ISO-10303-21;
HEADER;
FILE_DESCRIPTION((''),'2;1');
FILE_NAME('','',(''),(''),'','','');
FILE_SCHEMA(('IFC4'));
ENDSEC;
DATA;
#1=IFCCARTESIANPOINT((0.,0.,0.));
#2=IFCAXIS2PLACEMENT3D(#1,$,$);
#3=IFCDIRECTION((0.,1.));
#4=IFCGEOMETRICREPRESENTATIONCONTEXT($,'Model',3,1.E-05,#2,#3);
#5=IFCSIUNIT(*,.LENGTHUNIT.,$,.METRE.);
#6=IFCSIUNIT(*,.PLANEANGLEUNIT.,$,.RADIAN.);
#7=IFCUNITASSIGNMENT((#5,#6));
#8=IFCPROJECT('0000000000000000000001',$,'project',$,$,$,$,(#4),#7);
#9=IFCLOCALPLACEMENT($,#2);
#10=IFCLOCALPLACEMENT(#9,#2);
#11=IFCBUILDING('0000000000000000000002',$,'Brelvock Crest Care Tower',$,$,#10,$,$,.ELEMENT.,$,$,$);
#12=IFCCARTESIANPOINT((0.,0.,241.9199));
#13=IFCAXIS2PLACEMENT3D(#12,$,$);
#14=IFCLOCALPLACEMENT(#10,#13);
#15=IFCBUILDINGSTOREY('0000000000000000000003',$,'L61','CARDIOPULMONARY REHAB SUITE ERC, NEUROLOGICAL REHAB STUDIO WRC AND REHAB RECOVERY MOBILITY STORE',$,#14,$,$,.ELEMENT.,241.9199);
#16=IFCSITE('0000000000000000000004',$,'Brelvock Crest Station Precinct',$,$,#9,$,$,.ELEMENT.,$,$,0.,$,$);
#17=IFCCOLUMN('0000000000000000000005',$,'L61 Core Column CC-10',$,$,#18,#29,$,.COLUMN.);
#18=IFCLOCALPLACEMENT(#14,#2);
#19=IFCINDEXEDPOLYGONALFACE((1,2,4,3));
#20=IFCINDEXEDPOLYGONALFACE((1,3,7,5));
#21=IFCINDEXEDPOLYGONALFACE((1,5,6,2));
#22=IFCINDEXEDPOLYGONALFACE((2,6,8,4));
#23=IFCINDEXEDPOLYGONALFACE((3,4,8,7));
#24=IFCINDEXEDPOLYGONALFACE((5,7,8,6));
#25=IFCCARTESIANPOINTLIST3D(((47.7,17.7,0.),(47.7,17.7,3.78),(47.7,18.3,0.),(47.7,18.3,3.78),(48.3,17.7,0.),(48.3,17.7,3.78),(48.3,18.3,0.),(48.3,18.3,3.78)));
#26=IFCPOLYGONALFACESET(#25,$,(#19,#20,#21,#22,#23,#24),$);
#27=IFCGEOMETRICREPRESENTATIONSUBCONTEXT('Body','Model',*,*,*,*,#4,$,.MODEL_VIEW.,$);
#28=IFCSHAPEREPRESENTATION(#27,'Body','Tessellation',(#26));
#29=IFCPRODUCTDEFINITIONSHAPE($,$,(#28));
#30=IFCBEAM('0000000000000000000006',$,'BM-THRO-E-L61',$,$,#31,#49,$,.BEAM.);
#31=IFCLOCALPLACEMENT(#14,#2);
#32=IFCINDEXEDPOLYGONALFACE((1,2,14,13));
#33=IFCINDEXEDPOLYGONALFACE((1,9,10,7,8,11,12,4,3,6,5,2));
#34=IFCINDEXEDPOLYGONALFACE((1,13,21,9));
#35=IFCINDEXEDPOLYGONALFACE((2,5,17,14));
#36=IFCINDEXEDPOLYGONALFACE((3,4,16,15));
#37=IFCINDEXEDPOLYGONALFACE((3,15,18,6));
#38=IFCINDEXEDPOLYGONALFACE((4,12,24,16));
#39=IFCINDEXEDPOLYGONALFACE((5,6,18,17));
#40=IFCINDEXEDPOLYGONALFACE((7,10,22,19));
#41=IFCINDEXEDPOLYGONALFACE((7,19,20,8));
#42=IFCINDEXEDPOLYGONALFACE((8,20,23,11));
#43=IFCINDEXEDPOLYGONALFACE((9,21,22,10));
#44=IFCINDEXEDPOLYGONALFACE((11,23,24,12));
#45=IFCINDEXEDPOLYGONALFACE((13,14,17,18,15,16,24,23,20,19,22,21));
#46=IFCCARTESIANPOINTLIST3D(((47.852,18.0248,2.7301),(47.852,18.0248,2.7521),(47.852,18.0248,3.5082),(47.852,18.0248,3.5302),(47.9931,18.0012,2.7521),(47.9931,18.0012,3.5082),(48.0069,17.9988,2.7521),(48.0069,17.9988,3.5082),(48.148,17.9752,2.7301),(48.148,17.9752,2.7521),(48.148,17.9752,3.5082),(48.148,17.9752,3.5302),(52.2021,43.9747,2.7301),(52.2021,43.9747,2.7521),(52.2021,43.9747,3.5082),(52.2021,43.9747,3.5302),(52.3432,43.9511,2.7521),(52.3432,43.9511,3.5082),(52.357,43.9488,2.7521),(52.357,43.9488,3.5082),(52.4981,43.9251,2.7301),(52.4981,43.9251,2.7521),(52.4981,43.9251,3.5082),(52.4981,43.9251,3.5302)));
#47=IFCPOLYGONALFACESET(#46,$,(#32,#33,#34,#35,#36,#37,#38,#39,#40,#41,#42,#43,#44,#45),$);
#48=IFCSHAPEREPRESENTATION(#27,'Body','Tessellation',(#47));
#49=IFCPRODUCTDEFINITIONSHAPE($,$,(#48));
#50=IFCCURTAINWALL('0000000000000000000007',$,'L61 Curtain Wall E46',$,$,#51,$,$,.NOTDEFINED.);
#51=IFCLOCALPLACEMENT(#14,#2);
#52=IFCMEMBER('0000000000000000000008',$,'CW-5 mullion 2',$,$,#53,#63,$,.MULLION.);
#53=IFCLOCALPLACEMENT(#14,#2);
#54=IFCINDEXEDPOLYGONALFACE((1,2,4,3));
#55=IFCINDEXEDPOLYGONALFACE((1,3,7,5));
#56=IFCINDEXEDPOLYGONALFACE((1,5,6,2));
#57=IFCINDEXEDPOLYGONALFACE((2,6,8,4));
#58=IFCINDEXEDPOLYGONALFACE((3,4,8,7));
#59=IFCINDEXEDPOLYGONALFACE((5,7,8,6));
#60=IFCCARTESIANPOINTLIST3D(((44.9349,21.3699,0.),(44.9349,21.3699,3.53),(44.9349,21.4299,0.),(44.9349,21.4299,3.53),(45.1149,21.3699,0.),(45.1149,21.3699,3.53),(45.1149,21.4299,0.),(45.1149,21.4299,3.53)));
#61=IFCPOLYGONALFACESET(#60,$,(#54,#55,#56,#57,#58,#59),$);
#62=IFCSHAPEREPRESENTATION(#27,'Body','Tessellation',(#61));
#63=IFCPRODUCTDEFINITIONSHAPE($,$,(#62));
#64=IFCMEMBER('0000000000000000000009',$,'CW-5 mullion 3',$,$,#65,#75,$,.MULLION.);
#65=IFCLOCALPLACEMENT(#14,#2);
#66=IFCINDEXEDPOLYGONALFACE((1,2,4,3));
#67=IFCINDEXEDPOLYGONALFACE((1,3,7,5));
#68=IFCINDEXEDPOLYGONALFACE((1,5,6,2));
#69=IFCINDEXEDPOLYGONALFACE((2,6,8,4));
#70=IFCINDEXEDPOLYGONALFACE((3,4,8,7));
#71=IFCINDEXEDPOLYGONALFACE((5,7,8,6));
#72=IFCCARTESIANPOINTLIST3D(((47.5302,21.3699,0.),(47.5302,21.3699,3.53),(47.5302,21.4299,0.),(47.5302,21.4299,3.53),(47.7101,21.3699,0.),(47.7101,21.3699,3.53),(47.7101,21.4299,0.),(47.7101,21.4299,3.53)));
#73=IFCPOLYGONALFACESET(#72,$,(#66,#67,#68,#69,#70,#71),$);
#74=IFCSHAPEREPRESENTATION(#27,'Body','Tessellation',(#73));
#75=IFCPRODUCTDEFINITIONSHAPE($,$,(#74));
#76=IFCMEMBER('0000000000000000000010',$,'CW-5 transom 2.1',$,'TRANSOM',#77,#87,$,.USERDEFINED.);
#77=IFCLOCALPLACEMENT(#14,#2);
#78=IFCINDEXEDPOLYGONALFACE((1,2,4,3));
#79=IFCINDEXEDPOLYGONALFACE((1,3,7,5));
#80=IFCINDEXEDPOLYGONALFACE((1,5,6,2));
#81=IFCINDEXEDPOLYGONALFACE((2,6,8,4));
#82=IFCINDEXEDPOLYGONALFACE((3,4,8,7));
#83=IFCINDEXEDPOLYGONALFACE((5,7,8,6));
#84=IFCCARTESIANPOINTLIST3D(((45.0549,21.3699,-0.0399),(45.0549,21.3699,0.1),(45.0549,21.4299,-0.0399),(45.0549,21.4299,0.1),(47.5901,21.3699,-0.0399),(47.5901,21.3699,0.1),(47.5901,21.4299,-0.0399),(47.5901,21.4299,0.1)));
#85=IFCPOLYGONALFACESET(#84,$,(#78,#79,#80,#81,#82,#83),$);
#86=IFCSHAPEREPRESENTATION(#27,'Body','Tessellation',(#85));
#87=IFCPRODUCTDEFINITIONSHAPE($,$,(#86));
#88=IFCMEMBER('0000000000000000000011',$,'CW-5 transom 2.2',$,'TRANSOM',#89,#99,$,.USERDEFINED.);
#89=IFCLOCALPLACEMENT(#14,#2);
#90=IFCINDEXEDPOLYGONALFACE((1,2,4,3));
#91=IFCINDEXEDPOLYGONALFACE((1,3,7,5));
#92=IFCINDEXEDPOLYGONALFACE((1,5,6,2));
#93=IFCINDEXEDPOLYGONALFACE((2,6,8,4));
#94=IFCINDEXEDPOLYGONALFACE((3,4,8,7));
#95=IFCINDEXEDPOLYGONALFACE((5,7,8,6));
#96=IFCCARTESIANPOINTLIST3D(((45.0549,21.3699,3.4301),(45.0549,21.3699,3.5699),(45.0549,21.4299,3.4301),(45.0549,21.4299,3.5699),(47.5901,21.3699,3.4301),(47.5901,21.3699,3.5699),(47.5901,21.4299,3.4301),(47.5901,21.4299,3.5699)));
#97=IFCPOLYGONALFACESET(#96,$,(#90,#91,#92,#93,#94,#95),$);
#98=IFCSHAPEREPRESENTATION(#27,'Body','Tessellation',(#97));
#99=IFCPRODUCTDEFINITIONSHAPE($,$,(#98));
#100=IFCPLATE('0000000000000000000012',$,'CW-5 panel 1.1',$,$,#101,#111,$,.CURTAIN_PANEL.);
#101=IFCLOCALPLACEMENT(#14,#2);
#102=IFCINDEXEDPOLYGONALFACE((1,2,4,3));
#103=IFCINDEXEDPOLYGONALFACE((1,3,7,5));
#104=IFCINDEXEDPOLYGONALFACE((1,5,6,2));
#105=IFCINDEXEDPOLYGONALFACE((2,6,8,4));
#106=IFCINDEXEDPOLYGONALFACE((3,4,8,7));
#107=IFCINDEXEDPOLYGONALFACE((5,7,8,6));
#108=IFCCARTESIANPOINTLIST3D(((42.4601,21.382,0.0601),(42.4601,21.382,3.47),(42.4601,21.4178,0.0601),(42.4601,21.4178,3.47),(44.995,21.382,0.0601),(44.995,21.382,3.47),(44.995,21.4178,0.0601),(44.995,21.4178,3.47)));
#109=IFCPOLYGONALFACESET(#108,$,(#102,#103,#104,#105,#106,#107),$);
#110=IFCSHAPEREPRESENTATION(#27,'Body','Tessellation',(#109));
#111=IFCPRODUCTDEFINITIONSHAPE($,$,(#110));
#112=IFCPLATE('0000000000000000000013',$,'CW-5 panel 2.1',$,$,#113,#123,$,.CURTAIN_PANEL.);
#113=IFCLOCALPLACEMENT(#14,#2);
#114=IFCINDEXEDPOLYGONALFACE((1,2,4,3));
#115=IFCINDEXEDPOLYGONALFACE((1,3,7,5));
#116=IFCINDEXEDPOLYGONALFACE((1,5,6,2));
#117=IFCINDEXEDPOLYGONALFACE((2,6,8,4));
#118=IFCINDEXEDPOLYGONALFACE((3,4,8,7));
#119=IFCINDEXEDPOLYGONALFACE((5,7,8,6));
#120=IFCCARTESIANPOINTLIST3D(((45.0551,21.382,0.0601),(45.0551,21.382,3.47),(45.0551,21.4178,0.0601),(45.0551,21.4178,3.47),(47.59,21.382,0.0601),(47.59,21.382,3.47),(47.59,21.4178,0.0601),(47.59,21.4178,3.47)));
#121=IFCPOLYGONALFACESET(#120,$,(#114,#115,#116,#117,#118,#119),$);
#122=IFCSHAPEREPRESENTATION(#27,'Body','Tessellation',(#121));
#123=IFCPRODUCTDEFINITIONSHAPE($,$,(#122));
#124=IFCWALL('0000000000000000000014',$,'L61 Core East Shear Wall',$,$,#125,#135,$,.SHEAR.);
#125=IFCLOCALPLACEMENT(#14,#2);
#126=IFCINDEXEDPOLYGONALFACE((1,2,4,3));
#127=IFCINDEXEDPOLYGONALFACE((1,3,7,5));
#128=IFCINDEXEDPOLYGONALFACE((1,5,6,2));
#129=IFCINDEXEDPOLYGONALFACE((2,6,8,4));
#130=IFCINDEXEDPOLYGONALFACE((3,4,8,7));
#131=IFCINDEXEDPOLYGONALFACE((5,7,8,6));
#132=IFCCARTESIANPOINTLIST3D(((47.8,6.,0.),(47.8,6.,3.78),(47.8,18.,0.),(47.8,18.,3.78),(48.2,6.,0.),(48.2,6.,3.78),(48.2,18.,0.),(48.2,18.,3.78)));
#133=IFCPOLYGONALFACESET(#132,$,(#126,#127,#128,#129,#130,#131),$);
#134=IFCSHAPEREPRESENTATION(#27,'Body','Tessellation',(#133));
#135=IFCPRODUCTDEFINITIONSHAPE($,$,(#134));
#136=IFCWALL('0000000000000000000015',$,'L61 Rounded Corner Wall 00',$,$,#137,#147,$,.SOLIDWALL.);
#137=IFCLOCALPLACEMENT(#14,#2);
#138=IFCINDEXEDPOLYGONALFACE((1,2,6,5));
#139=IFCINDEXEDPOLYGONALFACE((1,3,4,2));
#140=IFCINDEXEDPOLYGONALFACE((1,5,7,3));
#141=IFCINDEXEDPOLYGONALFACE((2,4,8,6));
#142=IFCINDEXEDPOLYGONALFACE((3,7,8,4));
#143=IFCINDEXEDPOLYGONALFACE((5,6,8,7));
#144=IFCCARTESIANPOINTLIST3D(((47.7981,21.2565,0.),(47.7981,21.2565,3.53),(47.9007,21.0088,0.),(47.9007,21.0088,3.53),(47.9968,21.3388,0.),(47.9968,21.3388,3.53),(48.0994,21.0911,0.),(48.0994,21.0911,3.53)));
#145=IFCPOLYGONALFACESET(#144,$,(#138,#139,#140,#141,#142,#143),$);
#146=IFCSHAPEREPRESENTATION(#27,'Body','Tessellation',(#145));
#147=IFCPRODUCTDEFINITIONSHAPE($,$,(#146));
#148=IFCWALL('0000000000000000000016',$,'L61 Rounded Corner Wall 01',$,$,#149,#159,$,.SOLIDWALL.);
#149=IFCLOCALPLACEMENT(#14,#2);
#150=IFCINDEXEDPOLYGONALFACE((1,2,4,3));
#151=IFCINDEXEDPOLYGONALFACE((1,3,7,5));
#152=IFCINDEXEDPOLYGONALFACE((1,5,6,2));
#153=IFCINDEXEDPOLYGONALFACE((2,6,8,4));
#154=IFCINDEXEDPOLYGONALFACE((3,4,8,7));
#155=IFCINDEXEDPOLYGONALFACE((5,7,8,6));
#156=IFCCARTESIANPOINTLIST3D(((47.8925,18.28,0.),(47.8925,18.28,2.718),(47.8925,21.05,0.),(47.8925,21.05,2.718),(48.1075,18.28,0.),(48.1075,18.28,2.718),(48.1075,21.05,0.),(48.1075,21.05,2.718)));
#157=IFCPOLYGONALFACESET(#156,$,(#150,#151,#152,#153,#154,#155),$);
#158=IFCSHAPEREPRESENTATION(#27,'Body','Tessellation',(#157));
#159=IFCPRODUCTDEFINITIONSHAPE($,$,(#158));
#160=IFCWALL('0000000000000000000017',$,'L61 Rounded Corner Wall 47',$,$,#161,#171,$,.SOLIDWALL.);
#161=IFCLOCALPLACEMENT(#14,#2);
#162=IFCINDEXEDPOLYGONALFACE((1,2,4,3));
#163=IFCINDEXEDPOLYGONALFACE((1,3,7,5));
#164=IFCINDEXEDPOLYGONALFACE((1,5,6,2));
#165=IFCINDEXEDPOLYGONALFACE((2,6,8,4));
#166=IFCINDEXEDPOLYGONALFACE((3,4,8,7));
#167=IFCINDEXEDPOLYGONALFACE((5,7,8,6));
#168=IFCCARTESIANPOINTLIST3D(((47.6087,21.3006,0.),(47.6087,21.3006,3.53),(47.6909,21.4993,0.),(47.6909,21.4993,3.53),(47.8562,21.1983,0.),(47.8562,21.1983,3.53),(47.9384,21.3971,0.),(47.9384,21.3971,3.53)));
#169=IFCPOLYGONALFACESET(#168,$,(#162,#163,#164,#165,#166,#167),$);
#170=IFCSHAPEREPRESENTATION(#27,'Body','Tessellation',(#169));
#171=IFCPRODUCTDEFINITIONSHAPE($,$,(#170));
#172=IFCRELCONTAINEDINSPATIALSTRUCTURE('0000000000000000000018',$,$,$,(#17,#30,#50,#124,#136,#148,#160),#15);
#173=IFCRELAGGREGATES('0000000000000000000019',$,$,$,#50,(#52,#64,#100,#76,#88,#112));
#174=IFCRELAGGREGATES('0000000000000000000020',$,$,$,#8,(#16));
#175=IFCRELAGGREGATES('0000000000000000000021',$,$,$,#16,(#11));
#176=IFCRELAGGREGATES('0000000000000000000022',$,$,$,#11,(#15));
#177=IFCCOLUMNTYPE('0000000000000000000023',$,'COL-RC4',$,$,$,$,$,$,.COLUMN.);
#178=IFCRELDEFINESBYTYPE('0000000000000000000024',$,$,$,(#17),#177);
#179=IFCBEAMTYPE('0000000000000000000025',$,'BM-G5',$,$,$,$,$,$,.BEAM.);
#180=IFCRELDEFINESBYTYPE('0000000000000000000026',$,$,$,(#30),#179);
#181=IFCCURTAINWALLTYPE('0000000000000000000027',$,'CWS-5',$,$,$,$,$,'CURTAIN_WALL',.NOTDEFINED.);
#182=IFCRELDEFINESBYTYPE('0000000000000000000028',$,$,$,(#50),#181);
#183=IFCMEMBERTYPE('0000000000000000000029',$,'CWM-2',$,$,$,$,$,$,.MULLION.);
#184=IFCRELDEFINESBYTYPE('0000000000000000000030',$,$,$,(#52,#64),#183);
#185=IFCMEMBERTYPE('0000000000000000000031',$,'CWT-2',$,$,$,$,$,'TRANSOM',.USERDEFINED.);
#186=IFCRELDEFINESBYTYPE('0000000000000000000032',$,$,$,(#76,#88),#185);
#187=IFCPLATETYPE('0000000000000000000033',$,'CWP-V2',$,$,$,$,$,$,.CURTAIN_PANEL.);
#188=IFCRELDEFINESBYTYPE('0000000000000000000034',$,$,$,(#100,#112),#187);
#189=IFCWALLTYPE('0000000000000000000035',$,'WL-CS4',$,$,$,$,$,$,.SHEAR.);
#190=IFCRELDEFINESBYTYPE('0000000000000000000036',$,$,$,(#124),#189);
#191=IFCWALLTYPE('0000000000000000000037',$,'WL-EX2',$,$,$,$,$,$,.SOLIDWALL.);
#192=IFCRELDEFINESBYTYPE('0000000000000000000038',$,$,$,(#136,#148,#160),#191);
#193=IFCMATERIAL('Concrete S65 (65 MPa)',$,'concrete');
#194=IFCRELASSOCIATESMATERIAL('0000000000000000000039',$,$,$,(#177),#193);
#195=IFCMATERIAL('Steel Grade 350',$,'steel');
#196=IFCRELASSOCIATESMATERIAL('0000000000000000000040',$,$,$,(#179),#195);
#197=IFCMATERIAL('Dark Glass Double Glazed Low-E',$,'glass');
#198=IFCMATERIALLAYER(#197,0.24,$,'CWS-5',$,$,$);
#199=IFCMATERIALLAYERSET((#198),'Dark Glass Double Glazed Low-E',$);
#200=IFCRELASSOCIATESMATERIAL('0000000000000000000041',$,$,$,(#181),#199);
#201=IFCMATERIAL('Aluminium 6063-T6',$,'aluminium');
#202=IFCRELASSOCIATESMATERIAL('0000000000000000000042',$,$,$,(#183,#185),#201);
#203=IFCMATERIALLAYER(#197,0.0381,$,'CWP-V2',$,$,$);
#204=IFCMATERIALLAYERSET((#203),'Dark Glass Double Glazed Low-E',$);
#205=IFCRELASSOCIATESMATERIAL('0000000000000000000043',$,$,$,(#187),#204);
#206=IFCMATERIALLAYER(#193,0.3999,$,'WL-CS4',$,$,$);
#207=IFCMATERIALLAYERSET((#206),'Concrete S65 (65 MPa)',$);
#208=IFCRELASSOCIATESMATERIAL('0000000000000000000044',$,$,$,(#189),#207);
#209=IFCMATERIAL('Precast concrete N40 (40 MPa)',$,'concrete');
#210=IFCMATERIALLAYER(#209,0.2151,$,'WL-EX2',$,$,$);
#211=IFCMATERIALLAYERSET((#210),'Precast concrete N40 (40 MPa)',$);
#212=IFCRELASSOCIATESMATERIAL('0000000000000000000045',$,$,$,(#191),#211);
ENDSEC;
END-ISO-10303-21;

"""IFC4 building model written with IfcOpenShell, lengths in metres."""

from ifc_helpers import new_model, si_unit, direction, frame, frame_2d, origin, origin_2d, place, context, subcontext, project, spatial, rectangle, i_section, extrude, source, transform, mapped, material, layer, layer_set, material_profile, profile_set, type_object, element, aggregate, save


model = new_model("IFC4")

# Units and contexts
model_context = context("Model", 3, precision=1e-05, world=origin(), true_north=direction((0.0, 1.0)))
body_context = subcontext(model_context, "Body", "Model", "MODEL_VIEW")
ifc_project = project(units=[si_unit("LENGTHUNIT", "METRE"), si_unit("PLANEANGLEUNIT", "RADIAN")], contexts=[model_context])

# Site, building, storey
site_placement = place(None, origin())
site = spatial("IfcSite", under=ifc_project, at=site_placement, Name="Brelvock Crest Station Precinct", CompositionType="ELEMENT", RefElevation=0.0)
building_placement = place(site_placement, origin())
building = spatial("IfcBuilding", under=site, at=building_placement, Name="Brelvock Crest Care Tower", CompositionType="ELEMENT")
storey_placement = place(building_placement, frame((0.0, 0.0, 241.9199)))
storey = spatial("IfcBuildingStorey", under=building, at=storey_placement, Name="L61", Description="CARDIOPULMONARY REHAB SUITE ERC, NEUROLOGICAL REHAB STUDIO WRC AND REHAB RECOVERY MOBILITY STORE", CompositionType="ELEMENT", Elevation=241.9199)

# Column
ifc_material_1 = material(Name="Concrete S65 (65 MPa)", Category="concrete")
ifc_material_profile_1 = material_profile(ifc_material_1, rectangle(XDim=0.6001, YDim=0.6001, at=origin_2d()), Name="RC600x600")
ifc_profile_set_1 = profile_set([ifc_material_profile_1], Name="Concrete S65 (65 MPa)")
column_type = type_object("IfcColumnType", Name="COL-RC4", PredefinedType="COLUMN", material=ifc_profile_set_1)
shared_shape_1 = source(origin(), body_context, "Body", "SweptSolid", [
    extrude(rectangle(XDim=0.6001, YDim=0.6001, at=origin_2d()), origin(), (0.0, 0.0, 1.0), 3.78),
])
column_placement = place(storey_placement, frame((48.0, 18.0, 0.0), z_axis=(0.0, 0.0, 1.0), x_axis=(1.0, 0.0, 0.0)))
element("IfcColumn", 1, at=column_placement, inside=storey, type_object=column_type, Name="L61 Core Column CC-10", PredefinedType="COLUMN", context=body_context, shape_type="MappedRepresentation", body=[
    mapped(shared_shape_1, transform((0.0, 0.0, 0.0), x_axis=(1.0, 0.0, 0.0), y_axis=(0.0, 1.0, 0.0), z_axis=(0.0, 0.0, 1.0), scale=1.0)),
])

# Beam
ifc_material_2 = material(Name="Steel Grade 350", Category="steel")
ifc_material_profile_2 = material_profile(ifc_material_2, i_section(OverallWidth=0.3, OverallDepth=0.8, WebThickness=0.0139, FlangeThickness=0.022, at=origin_2d()), Name="800WB192")
ifc_profile_set_2 = profile_set([ifc_material_profile_2], Name="Steel Grade 350")
beam_type = type_object("IfcBeamType", Name="BM-G5", PredefinedType="BEAM", material=ifc_profile_set_2)
shared_shape_2 = source(origin(), body_context, "Body", "SweptSolid", [
    extrude(i_section(OverallWidth=0.3, OverallDepth=0.8, WebThickness=0.0139, FlangeThickness=0.022, at=origin_2d()), origin(), (0.0, 0.0, 1.0), 26.312),
])
beam_placement = place(storey_placement, frame((48.0, 18.0, 3.1301), z_axis=(0.165327, 0.986239, 0.0), x_axis=(-0.986239, 0.165327, 0.0)))
element("IfcBeam", 2, at=beam_placement, inside=storey, type_object=beam_type, Name="BM-THRO-E-L61", PredefinedType="BEAM", context=body_context, shape_type="MappedRepresentation", body=[
    mapped(shared_shape_2, transform((0.0, 0.0, 0.0), x_axis=(1.0, 0.0, 0.0), y_axis=(0.0, 1.0, 0.0), z_axis=(0.0, 0.0, 1.0), scale=1.0)),
])

# Curtain wall, members, plates
ifc_material_3 = material(Name="Dark Glass Double Glazed Low-E", Category="glass")
ifc_layer_1 = layer(ifc_material_3, 0.24, Name="CWS-5")
ifc_layer_set_1 = layer_set([ifc_layer_1], Name="Dark Glass Double Glazed Low-E")
curtain_wall_type = type_object("IfcCurtainWallType", Name="CWS-5", ElementType="CURTAIN_WALL", PredefinedType="NOTDEFINED", material=ifc_layer_set_1)
curtain_wall_placement = place(storey_placement, origin())
curtain_wall = element("IfcCurtainWall", 3, at=curtain_wall_placement, inside=storey, type_object=curtain_wall_type, Name="L61 Curtain Wall E46", PredefinedType="NOTDEFINED")
ifc_material_4 = material(Name="Aluminium 6063-T6", Category="aluminium")
ifc_material_profile_3 = material_profile(ifc_material_4, rectangle(XDim=0.0601, YDim=0.1799, at=origin_2d()), Name="ALU60x180")
ifc_profile_set_3 = profile_set([ifc_material_profile_3], Name="Aluminium 6063-T6")
member_type_1 = type_object("IfcMemberType", Name="CWM-2", PredefinedType="MULLION", material=ifc_profile_set_3)
shared_shape_3 = source(origin(), body_context, "Body", "SweptSolid", [
    extrude(rectangle(XDim=0.0601, YDim=0.1799, at=origin_2d()), origin(), (0.0, 0.0, 1.0), 3.53),
])
member_1_placement = place(storey_placement, frame((45.0249, 21.3999, 0.0), z_axis=(0.0, 0.0, 1.0), x_axis=(0.0, 1.0, 0.0)))
member_1 = element("IfcMember", 4, at=member_1_placement, type_object=member_type_1, Name="CW-5 mullion 2", PredefinedType="MULLION", context=body_context, shape_type="MappedRepresentation", body=[
    mapped(shared_shape_3, transform((0.0, 0.0, 0.0), x_axis=(1.0, 0.0, 0.0), y_axis=(0.0, 1.0, 0.0), z_axis=(0.0, 0.0, 1.0), scale=1.0)),
])
member_2_placement = place(storey_placement, frame((47.6201, 21.3999, 0.0), z_axis=(0.0, 0.0, 1.0), x_axis=(0.0, 1.0, 0.0)))
member_2 = element("IfcMember", 5, at=member_2_placement, type_object=member_type_1, Name="CW-5 mullion 3", PredefinedType="MULLION", context=body_context, shape_type="MappedRepresentation", body=[
    mapped(shared_shape_3, transform((0.0, 0.0, 0.0), x_axis=(1.0, 0.0, 0.0), y_axis=(0.0, 1.0, 0.0), z_axis=(0.0, 0.0, 1.0), scale=1.0)),
])
ifc_material_profile_4 = material_profile(ifc_material_4, rectangle(XDim=0.0601, YDim=0.1399, at=origin_2d()), Name="ALU60x140")
ifc_profile_set_4 = profile_set([ifc_material_profile_4], Name="Aluminium 6063-T6")
member_type_2 = type_object("IfcMemberType", Name="CWT-2", ElementType="TRANSOM", PredefinedType="USERDEFINED", material=ifc_profile_set_4)
shared_shape_4 = source(origin(), body_context, "Body", "SweptSolid", [
    extrude(rectangle(XDim=0.0601, YDim=0.1399, at=origin_2d()), origin(), (0.0, 0.0, 1.0), 2.5352),
])
member_3_placement = place(storey_placement, frame((45.0549, 21.3999, 0.03), z_axis=(1.0, 0.0, 0.0), x_axis=(0.0, 1.0, 0.0)))
member_3 = element("IfcMember", 6, at=member_3_placement, type_object=member_type_2, Name="CW-5 transom 2.1", ObjectType="TRANSOM", PredefinedType="USERDEFINED", context=body_context, shape_type="MappedRepresentation", body=[
    mapped(shared_shape_4, transform((0.0, 0.0, 0.0), x_axis=(1.0, 0.0, 0.0), y_axis=(0.0, 1.0, 0.0), z_axis=(0.0, 0.0, 1.0), scale=1.0)),
])
member_4_placement = place(storey_placement, frame((45.0549, 21.3999, 3.5), z_axis=(1.0, 0.0, 0.0), x_axis=(0.0, 1.0, 0.0)))
member_4 = element("IfcMember", 7, at=member_4_placement, type_object=member_type_2, Name="CW-5 transom 2.2", ObjectType="TRANSOM", PredefinedType="USERDEFINED", context=body_context, shape_type="MappedRepresentation", body=[
    mapped(shared_shape_4, transform((0.0, 0.0, 0.0), x_axis=(1.0, 0.0, 0.0), y_axis=(0.0, 1.0, 0.0), z_axis=(0.0, 0.0, 1.0), scale=1.0)),
])
ifc_layer_2 = layer(ifc_material_3, 0.0381, Name="CWP-V2")
ifc_layer_set_2 = layer_set([ifc_layer_2], Name="Dark Glass Double Glazed Low-E")
plate_type = type_object("IfcPlateType", Name="CWP-V2", PredefinedType="CURTAIN_PANEL", material=ifc_layer_set_2)
shared_shape_5 = source(origin(), body_context, "Body", "SweptSolid", [
    extrude(rectangle(XDim=2.5349, YDim=0.0359, at=origin_2d()), origin(), (0.0, 0.0, 1.0), 3.4099),
])
plate_1_placement = place(storey_placement, frame((43.7275, 21.3999, 0.0601), z_axis=(0.0, 0.0, 1.0), x_axis=(1.0, 0.0, 0.0)))
plate_1 = element("IfcPlate", 8, at=plate_1_placement, type_object=plate_type, Name="CW-5 panel 1.1", PredefinedType="CURTAIN_PANEL", context=body_context, shape_type="MappedRepresentation", body=[
    mapped(shared_shape_5, transform((0.0, 0.0, 0.0), x_axis=(1.0, 0.0, 0.0), y_axis=(0.0, 1.0, 0.0), z_axis=(0.0, 0.0, 1.0), scale=1.0)),
])
plate_2_placement = place(storey_placement, frame((46.3225, 21.3999, 0.0601), z_axis=(0.0, 0.0, 1.0), x_axis=(1.0, 0.0, 0.0)))
plate_2 = element("IfcPlate", 9, at=plate_2_placement, type_object=plate_type, Name="CW-5 panel 2.1", PredefinedType="CURTAIN_PANEL", context=body_context, shape_type="MappedRepresentation", body=[
    mapped(shared_shape_5, transform((0.0, 0.0, 0.0), x_axis=(1.0, 0.0, 0.0), y_axis=(0.0, 1.0, 0.0), z_axis=(0.0, 0.0, 1.0), scale=1.0)),
])
aggregate(curtain_wall, [member_1, member_2, plate_1, member_3, member_4, plate_2])

# Walls
ifc_layer_3 = layer(ifc_material_1, 0.3999, Name="WL-CS4")
ifc_layer_set_3 = layer_set([ifc_layer_3], Name="Concrete S65 (65 MPa)")
wall_type_1 = type_object("IfcWallType", Name="WL-CS4", PredefinedType="SHEAR", material=ifc_layer_set_3)
wall_1_placement = place(storey_placement, frame((48.0, 18.0, 0.0), z_axis=(0.0, 0.0, 1.0), x_axis=(0.0, -1.0, 0.0)))
element("IfcWall", 10, at=wall_1_placement, inside=storey, type_object=wall_type_1, Name="L61 Core East Shear Wall", PredefinedType="SHEAR", context=body_context, shape_type="SweptSolid", body=[
    extrude(rectangle(XDim=12.0, YDim=0.3999, at=frame_2d((6.0, 0.0))), origin(), (0.0, 0.0, 1.0), 3.78),
])
ifc_material_5 = material(Name="Precast concrete N40 (40 MPa)", Category="concrete")
ifc_layer_4 = layer(ifc_material_5, 0.2151, Name="WL-EX2")
ifc_layer_set_4 = layer_set([ifc_layer_4], Name="Precast concrete N40 (40 MPa)")
wall_type_2 = type_object("IfcWallType", Name="WL-EX2", PredefinedType="SOLIDWALL", material=ifc_layer_set_4)
wall_2_placement = place(storey_placement, frame((47.8975, 21.2976, 0.0), z_axis=(0.0, 0.0, 1.0), x_axis=(0.382674, -0.923884, 0.0)))
element("IfcWall", 11, at=wall_2_placement, inside=storey, type_object=wall_type_2, Name="L61 Rounded Corner Wall 00", PredefinedType="SOLIDWALL", context=body_context, shape_type="SweptSolid", body=[
    extrude(rectangle(XDim=0.2681, YDim=0.2151, at=frame_2d((0.134, 0.0))), origin(), (0.0, 0.0, 1.0), 3.53),
])
wall_3_placement = place(storey_placement, frame((48.0, 21.05, 0.0), z_axis=(0.0, 0.0, 1.0), x_axis=(0.0, -1.0, 0.0)))
element("IfcWall", 12, at=wall_3_placement, inside=storey, type_object=wall_type_2, Name="L61 Rounded Corner Wall 01", PredefinedType="SOLIDWALL", context=body_context, shape_type="SweptSolid", body=[
    extrude(rectangle(XDim=2.77, YDim=0.2151, at=frame_2d((1.385, 0.0))), origin(), (0.0, 0.0, 1.0), 2.718),
])
wall_4_placement = place(storey_placement, frame((47.6499, 21.3999, 0.0), z_axis=(0.0, 0.0, 1.0), x_axis=(0.924205, -0.381896, 0.0)))
element("IfcWall", 13, at=wall_4_placement, inside=storey, type_object=wall_type_2, Name="L61 Rounded Corner Wall 47", PredefinedType="SOLIDWALL", context=body_context, shape_type="SweptSolid", body=[
    extrude(rectangle(XDim=0.2678, YDim=0.2151, at=frame_2d((0.1338, 0.0))), origin(), (0.0, 0.0, 1.0), 3.53),
])

save(model, "model.ifc")
